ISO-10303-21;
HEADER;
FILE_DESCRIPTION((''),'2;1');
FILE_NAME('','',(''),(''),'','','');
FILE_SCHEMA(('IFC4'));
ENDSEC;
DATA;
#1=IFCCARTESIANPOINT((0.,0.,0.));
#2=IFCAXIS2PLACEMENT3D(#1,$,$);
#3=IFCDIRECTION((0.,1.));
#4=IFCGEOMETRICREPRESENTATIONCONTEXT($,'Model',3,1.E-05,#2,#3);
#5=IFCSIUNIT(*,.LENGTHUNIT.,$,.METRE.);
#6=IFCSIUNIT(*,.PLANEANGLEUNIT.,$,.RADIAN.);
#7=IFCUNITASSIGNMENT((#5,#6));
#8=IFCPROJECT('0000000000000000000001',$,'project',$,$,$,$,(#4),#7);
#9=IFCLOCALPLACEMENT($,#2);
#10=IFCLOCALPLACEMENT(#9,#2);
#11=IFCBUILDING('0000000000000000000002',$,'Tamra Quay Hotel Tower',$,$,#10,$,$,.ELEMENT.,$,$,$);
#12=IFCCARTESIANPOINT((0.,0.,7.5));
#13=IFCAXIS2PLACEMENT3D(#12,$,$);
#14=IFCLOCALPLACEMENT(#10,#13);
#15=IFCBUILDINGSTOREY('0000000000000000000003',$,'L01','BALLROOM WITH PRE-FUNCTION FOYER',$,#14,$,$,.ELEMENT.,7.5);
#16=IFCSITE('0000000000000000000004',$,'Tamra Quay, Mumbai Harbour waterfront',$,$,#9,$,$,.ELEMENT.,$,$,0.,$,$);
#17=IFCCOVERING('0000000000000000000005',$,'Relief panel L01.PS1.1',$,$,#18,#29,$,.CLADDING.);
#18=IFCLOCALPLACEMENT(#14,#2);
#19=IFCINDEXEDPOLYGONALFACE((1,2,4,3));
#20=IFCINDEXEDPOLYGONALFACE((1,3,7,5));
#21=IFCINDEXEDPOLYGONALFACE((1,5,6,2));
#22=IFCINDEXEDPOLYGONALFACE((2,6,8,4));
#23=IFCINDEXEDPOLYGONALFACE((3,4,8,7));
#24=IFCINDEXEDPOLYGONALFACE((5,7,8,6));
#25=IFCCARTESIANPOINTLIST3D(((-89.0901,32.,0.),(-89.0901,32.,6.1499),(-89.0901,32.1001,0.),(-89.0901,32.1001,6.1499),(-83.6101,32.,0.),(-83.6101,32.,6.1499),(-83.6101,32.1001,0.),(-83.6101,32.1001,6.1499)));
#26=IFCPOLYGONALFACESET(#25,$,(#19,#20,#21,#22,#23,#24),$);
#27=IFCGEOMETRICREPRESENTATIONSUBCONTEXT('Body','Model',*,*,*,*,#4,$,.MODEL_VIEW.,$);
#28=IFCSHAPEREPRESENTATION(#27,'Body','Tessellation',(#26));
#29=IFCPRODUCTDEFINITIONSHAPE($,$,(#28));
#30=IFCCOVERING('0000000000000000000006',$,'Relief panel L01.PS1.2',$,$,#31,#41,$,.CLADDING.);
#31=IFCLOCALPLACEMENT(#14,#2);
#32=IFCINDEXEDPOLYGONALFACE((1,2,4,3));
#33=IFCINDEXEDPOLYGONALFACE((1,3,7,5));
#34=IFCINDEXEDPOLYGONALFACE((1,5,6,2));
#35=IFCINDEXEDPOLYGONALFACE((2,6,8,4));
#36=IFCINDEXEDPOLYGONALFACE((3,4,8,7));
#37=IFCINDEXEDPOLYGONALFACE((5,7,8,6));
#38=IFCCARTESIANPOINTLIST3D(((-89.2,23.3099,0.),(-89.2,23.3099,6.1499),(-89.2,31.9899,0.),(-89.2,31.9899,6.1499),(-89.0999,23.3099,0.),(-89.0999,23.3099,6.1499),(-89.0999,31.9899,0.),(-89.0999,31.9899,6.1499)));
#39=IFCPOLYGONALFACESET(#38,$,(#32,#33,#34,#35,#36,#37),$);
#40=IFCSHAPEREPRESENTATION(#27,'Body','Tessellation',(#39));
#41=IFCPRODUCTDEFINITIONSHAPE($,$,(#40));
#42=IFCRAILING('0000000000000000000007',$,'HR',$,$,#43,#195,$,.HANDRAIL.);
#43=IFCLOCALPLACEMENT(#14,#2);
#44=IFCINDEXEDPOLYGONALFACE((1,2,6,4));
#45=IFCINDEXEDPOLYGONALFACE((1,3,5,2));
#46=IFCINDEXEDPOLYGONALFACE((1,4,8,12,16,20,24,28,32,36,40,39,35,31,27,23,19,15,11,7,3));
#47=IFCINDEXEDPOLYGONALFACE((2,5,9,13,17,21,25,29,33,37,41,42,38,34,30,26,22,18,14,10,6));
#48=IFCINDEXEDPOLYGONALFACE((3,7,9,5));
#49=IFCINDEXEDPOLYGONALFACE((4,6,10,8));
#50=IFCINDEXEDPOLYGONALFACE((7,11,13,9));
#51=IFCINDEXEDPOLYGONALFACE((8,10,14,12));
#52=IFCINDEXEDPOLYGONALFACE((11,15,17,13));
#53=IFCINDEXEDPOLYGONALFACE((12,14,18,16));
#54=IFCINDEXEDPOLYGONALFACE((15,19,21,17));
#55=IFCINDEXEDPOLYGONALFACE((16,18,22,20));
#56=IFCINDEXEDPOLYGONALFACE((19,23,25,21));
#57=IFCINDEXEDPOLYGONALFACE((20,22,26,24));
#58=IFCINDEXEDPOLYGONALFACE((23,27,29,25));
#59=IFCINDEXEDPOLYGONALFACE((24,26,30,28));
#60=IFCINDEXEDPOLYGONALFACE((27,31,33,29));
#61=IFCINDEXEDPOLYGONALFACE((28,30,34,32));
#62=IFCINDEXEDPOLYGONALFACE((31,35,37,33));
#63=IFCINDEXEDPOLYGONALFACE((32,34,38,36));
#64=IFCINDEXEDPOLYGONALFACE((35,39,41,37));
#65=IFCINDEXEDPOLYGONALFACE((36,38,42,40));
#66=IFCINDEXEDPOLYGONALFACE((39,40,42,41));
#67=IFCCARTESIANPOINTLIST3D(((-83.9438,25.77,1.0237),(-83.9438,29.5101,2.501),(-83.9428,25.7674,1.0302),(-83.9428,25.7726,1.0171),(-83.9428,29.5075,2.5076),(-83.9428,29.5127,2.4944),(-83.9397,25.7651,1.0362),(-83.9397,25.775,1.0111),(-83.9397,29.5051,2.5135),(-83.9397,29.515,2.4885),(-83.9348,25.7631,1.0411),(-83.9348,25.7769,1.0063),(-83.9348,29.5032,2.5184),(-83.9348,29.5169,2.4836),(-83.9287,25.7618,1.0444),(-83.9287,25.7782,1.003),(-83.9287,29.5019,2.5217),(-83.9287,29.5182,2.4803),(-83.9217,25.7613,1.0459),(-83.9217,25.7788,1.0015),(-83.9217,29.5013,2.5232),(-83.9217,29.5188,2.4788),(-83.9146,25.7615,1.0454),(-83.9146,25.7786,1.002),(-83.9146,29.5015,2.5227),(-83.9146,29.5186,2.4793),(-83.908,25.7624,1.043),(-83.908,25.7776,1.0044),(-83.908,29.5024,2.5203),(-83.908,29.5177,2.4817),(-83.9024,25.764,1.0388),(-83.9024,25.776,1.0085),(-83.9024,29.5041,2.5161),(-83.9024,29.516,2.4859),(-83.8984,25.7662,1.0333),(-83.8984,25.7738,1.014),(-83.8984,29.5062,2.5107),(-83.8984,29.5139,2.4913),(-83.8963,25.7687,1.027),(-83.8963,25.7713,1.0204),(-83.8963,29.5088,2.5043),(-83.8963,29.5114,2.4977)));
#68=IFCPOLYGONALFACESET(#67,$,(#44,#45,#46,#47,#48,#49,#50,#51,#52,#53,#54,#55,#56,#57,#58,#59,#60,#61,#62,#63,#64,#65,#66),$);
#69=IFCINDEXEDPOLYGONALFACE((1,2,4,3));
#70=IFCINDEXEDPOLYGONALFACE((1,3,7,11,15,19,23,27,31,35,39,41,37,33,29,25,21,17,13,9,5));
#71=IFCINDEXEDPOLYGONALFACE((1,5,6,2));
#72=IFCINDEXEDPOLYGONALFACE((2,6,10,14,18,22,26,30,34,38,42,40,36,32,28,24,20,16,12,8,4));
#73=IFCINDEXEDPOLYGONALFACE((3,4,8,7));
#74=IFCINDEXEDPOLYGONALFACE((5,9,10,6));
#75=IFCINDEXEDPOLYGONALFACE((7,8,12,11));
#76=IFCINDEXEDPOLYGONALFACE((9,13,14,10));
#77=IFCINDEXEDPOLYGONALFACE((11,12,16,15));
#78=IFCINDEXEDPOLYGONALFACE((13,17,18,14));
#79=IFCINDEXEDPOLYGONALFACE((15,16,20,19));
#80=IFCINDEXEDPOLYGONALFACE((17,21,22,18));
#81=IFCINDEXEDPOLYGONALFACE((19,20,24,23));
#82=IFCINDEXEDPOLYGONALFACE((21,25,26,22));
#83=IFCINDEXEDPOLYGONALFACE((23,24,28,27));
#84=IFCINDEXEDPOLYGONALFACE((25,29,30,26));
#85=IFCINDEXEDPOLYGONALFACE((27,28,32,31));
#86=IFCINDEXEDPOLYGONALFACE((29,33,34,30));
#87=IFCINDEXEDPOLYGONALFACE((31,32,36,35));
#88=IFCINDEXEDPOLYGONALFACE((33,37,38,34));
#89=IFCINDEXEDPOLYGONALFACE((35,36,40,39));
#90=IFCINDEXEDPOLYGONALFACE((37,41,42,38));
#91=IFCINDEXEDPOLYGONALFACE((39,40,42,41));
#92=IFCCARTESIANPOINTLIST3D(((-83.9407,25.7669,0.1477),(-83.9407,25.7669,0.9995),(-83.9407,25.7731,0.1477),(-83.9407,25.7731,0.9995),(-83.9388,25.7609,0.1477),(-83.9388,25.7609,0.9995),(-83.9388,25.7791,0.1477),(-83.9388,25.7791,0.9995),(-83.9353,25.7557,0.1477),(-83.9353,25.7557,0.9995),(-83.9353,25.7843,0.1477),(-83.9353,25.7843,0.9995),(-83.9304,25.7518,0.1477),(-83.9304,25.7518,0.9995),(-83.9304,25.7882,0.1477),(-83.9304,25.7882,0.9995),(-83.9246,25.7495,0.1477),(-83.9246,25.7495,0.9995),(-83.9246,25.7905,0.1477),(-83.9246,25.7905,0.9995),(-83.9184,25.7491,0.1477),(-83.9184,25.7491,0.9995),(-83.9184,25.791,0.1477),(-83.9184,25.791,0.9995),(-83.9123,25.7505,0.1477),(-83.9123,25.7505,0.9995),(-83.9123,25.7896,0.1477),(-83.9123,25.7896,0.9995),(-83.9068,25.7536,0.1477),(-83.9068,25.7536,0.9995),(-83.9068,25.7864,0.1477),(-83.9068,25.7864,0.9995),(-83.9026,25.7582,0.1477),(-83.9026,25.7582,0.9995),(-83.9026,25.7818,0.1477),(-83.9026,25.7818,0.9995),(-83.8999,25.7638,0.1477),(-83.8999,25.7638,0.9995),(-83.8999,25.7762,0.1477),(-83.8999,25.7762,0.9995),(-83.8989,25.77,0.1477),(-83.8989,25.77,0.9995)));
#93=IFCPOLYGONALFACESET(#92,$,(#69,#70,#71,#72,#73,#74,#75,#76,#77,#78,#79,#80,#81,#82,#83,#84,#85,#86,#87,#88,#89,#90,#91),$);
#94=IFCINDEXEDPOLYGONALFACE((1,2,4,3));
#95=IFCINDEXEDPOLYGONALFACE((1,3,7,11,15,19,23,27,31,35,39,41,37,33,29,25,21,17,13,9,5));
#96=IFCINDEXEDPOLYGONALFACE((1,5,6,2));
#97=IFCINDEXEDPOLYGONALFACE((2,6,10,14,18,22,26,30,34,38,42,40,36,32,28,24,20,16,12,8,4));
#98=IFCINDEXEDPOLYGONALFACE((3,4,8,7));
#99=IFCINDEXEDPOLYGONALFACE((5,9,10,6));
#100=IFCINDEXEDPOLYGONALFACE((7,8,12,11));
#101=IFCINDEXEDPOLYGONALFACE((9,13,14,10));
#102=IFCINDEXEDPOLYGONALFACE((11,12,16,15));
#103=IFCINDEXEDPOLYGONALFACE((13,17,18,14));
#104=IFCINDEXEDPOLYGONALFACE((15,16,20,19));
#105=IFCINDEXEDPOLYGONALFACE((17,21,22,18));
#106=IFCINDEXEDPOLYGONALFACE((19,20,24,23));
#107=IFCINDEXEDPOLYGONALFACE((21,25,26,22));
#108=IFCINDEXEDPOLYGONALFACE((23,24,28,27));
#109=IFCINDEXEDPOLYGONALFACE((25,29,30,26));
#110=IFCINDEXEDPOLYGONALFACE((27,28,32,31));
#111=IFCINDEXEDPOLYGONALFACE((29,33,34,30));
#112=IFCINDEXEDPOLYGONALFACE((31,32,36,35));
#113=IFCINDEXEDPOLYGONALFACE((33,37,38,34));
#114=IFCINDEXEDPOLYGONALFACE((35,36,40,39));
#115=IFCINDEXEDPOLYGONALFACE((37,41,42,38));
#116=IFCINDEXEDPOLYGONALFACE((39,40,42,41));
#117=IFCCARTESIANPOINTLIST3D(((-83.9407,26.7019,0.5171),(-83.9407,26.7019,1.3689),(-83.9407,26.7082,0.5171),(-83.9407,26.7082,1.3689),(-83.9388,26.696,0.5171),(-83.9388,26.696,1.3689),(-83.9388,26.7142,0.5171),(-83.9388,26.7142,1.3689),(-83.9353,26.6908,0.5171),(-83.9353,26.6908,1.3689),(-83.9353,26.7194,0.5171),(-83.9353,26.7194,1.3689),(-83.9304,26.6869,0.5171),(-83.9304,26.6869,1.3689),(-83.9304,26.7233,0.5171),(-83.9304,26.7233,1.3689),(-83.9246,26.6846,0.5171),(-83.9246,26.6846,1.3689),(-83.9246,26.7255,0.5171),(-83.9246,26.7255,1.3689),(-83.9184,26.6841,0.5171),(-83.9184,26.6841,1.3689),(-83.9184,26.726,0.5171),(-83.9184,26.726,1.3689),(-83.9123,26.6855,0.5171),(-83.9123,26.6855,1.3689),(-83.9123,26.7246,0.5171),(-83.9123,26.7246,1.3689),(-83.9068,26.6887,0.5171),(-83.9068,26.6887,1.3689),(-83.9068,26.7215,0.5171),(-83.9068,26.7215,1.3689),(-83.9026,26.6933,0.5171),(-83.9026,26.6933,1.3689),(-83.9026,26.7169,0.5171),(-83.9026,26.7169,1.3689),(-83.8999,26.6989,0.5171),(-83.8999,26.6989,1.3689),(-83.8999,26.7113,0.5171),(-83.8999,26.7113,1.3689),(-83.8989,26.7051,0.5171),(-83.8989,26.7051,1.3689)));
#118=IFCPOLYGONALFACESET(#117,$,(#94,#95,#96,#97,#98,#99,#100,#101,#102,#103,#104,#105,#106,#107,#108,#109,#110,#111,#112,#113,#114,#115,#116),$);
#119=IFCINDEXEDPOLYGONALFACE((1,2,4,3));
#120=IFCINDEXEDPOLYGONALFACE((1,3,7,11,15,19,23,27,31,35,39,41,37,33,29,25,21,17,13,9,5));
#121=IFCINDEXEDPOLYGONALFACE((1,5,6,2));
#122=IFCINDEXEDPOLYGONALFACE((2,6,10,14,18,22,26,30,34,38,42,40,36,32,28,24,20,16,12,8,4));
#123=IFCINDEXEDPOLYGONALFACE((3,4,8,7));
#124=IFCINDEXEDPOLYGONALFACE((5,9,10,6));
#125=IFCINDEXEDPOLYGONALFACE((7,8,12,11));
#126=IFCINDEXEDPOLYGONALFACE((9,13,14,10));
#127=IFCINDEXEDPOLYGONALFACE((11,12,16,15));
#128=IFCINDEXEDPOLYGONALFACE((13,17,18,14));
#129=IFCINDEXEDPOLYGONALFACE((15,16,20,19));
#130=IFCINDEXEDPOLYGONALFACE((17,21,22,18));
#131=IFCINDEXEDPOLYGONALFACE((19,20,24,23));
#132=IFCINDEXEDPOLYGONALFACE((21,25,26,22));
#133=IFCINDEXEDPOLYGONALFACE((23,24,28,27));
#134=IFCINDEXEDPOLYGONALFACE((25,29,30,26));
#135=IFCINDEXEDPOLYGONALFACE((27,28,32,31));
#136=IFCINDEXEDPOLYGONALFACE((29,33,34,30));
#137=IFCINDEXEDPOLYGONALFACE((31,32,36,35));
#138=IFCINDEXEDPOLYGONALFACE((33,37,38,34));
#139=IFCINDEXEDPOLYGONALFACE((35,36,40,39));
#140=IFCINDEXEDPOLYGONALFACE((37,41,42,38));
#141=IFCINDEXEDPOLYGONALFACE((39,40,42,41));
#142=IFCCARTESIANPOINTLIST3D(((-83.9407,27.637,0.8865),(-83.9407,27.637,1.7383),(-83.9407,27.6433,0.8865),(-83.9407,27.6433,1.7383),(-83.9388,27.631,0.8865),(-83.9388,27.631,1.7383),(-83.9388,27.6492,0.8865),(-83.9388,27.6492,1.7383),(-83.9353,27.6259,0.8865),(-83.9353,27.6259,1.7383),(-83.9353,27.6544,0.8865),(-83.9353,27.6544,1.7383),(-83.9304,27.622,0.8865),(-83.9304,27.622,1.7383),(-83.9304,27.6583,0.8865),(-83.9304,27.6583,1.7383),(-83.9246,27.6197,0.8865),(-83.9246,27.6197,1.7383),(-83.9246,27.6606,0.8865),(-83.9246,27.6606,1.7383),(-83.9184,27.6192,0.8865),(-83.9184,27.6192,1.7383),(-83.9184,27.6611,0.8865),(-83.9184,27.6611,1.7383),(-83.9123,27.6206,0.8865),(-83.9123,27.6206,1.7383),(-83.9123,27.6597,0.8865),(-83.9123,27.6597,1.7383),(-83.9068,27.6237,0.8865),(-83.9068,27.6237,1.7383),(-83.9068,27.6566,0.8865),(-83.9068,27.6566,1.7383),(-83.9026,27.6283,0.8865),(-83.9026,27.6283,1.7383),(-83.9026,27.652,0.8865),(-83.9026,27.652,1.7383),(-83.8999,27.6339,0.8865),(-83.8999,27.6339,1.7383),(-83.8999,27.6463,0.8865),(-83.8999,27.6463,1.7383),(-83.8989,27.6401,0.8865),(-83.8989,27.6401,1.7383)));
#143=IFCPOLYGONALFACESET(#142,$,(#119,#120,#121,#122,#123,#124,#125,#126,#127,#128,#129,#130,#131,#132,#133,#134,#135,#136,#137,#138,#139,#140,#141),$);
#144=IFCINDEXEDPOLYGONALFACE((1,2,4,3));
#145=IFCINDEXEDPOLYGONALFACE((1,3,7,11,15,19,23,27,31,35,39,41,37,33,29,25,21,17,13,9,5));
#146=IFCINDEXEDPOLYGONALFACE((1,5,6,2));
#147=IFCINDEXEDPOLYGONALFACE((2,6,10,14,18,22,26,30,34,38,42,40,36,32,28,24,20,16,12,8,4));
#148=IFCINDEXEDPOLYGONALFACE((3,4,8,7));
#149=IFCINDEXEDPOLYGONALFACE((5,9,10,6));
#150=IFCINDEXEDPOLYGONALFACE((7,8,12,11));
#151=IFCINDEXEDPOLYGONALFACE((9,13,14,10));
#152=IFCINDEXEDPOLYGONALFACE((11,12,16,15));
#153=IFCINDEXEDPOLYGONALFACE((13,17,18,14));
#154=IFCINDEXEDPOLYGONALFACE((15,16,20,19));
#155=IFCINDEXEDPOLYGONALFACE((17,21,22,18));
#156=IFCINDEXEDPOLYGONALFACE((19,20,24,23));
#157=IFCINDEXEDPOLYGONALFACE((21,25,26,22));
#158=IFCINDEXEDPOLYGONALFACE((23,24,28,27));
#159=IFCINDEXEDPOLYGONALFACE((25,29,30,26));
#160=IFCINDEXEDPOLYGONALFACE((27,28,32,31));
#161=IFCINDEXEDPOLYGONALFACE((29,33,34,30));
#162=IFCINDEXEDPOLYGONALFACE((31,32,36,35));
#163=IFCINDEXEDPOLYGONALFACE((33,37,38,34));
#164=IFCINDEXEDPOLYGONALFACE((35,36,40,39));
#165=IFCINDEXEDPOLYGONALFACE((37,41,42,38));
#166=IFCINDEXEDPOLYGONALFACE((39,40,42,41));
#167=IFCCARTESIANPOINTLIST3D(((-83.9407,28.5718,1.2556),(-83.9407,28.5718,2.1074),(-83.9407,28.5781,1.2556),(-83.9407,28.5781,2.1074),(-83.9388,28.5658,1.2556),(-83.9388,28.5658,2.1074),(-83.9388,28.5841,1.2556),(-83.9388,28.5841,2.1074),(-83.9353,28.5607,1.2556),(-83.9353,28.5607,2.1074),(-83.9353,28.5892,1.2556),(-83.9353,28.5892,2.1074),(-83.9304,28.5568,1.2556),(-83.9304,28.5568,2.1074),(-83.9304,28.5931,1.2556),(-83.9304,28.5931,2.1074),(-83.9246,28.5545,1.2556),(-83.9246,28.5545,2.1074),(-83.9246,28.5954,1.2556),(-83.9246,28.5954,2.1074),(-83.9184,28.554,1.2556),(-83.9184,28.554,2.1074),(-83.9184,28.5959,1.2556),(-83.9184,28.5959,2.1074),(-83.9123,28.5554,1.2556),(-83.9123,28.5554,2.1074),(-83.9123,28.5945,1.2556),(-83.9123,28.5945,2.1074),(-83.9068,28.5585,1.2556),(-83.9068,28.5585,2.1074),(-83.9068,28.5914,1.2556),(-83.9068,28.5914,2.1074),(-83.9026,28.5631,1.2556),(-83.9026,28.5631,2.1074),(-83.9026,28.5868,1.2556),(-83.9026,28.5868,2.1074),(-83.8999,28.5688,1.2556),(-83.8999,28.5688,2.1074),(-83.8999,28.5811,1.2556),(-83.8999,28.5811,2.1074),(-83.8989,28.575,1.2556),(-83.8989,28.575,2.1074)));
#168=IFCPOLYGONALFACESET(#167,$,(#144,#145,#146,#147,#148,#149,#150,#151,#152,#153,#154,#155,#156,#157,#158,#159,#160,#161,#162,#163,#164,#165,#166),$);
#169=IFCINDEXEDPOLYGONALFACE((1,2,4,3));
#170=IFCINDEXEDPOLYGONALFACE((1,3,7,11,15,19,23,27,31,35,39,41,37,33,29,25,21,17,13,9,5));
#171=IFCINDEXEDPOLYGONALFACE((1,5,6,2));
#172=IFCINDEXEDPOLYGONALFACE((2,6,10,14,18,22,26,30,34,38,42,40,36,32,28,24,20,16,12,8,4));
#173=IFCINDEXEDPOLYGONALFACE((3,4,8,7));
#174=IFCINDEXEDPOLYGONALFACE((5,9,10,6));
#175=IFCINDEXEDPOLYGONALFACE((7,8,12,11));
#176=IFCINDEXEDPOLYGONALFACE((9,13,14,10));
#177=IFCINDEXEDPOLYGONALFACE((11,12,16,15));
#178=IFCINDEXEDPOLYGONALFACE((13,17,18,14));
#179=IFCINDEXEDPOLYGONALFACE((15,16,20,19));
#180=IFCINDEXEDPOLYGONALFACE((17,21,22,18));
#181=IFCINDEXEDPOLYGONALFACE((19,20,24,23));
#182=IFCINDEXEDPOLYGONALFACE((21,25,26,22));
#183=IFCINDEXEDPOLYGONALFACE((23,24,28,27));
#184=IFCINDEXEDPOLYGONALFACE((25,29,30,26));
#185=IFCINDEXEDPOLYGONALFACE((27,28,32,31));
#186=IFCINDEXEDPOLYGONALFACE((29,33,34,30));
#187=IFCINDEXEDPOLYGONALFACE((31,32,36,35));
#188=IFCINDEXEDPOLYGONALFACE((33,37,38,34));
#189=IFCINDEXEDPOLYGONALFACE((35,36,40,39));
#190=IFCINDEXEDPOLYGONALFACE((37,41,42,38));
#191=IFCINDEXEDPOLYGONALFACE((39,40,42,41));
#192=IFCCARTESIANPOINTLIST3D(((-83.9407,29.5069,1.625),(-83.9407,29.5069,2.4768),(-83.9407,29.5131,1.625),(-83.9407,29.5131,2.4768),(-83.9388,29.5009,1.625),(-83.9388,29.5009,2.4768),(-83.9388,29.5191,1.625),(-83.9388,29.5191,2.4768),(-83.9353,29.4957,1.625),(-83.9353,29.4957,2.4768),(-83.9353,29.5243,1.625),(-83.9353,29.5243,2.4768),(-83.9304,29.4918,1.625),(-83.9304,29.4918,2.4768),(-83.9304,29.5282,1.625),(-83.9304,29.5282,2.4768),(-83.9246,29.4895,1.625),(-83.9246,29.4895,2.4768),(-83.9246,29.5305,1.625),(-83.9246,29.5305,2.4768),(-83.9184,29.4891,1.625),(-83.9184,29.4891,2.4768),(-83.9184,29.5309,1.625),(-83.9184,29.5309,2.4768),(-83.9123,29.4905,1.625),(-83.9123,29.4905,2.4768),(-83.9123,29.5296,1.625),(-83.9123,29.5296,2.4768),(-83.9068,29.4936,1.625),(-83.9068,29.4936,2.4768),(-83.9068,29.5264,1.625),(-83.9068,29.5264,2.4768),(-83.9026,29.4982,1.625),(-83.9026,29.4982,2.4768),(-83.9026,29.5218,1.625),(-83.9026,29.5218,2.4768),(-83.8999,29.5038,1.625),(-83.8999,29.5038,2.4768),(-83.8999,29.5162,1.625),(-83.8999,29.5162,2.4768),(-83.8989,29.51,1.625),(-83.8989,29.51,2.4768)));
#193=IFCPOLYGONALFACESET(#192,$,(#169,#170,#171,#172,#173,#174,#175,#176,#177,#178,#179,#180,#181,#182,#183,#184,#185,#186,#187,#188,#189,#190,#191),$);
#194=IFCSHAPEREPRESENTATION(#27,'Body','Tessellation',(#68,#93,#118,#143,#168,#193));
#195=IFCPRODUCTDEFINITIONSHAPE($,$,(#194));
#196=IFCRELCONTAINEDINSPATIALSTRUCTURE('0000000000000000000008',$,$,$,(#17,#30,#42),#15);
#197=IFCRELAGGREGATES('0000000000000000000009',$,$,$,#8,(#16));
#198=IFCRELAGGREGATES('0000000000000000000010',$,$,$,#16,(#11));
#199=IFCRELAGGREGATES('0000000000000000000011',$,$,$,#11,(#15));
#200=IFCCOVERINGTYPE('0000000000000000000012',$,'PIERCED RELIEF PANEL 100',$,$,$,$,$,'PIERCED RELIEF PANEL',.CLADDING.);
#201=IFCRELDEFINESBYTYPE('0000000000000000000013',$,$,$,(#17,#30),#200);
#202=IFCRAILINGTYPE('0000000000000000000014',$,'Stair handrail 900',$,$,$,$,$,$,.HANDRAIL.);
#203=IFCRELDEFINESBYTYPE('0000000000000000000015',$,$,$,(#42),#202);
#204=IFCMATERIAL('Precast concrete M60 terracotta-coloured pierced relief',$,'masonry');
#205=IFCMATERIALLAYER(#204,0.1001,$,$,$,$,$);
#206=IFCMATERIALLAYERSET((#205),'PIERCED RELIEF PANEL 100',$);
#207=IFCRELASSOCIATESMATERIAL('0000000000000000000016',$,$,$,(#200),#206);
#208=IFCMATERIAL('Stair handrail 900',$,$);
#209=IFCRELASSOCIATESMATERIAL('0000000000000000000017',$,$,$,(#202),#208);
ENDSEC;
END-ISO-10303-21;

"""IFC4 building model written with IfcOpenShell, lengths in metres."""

from ifc_helpers import new_model, si_unit, direction, frame, origin, origin_2d, place, context, subcontext, project, spatial, rectangle, circle, extrude, material, layer, layer_set, type_object, element, save


model = new_model("IFC4")

# Units and contexts
model_context = context("Model", 3, precision=1e-05, world=origin(), true_north=direction((0.0, 1.0)))
body_context = subcontext(model_context, "Body", "Model", "MODEL_VIEW")
ifc_project = project(units=[si_unit("LENGTHUNIT", "METRE"), si_unit("PLANEANGLEUNIT", "RADIAN")], contexts=[model_context])

# Site, building, storey
site_placement = place(None, origin())
site = spatial("IfcSite", under=ifc_project, at=site_placement, Name="Tamra Quay, Mumbai Harbour waterfront", CompositionType="ELEMENT", RefElevation=0.0)
building_placement = place(site_placement, origin())
building = spatial("IfcBuilding", under=site, at=building_placement, Name="Tamra Quay Hotel Tower", CompositionType="ELEMENT")
storey_placement = place(building_placement, frame((0.0, 0.0, 7.5)))
storey = spatial("IfcBuildingStorey", under=building, at=storey_placement, Name="L01", Description="BALLROOM WITH PRE-FUNCTION FOYER", CompositionType="ELEMENT", Elevation=7.5)

# Coverings
ifc_material_1 = material(Name="Precast concrete M60 terracotta-coloured pierced relief", Category="masonry")
ifc_layer_1 = layer(ifc_material_1, 0.1001)
ifc_layer_set_1 = layer_set([ifc_layer_1], Name="PIERCED RELIEF PANEL 100")
covering_type_1 = type_object("IfcCoveringType", Name="PIERCED RELIEF PANEL 100", ElementType="PIERCED RELIEF PANEL", PredefinedType="CLADDING", material=ifc_layer_set_1)
covering_1_placement = place(storey_placement, frame((-86.3501, 32.05, 0.0), z_axis=(0.0, 0.0, 1.0), x_axis=(-1.0, 0.0, 0.0)))
element("IfcCovering", 1, at=covering_1_placement, inside=storey, type_object=covering_type_1, Name="Relief panel L01.PS1.1", PredefinedType="CLADDING", context=body_context, shape_type="SweptSolid", body=[
    extrude(rectangle(XDim=5.48, YDim=0.1001, at=origin_2d()), origin(), (0.0, 0.0, 1.0), 6.1499),
])
covering_2_placement = place(storey_placement, frame((-89.1499, 27.6499, 0.0), z_axis=(0.0, 0.0, 1.0), x_axis=(0.0, -1.0, 0.0)))
element("IfcCovering", 2, at=covering_2_placement, inside=storey, type_object=covering_type_1, Name="Relief panel L01.PS1.2", PredefinedType="CLADDING", context=body_context, shape_type="SweptSolid", body=[
    extrude(rectangle(XDim=8.6799, YDim=0.1001, at=origin_2d()), origin(), (0.0, 0.0, 1.0), 6.1499),
])

# Railing
ifc_material_2 = material(Name="Stair handrail 900")
railing_type_1 = type_object("IfcRailingType", Name="Stair handrail 900", PredefinedType="HANDRAIL", material=ifc_material_2)
railing_1_placement = place(storey_placement, frame((-83.9199, 25.77, 0.1477)))
element("IfcRailing", 3, at=railing_1_placement, inside=storey, type_object=railing_type_1, Name="HR", PredefinedType="HANDRAIL", context=body_context, shape_type="SweptSolid", body=[
    extrude(circle(Radius=0.0239, at=origin_2d()), frame((0.0, 0.0, 0.876), z_axis=(0.0, 0.930072, 0.367378), x_axis=(-1.0, 0.0, 0.0)), (0.0, 0.0, 1.0), 4.0212),
    extrude(circle(Radius=0.021, at=origin_2d()), origin(), (0.0, 0.0, 1.0), 0.8518),
    extrude(circle(Radius=0.021, at=origin_2d()), frame((0.0, 0.9351, 0.3694)), (0.0, 0.0, 1.0), 0.8518),
    extrude(circle(Radius=0.021, at=origin_2d()), frame((0.0, 1.8701, 0.7388)), (0.0, 0.0, 1.0), 0.8518),
    extrude(circle(Radius=0.021, at=origin_2d()), frame((0.0, 2.8049, 1.1079)), (0.0, 0.0, 1.0), 0.8518),
    extrude(circle(Radius=0.021, at=origin_2d()), frame((0.0, 3.74, 1.4773)), (0.0, 0.0, 1.0), 0.8518),
])

save(model, "model.ifc")
